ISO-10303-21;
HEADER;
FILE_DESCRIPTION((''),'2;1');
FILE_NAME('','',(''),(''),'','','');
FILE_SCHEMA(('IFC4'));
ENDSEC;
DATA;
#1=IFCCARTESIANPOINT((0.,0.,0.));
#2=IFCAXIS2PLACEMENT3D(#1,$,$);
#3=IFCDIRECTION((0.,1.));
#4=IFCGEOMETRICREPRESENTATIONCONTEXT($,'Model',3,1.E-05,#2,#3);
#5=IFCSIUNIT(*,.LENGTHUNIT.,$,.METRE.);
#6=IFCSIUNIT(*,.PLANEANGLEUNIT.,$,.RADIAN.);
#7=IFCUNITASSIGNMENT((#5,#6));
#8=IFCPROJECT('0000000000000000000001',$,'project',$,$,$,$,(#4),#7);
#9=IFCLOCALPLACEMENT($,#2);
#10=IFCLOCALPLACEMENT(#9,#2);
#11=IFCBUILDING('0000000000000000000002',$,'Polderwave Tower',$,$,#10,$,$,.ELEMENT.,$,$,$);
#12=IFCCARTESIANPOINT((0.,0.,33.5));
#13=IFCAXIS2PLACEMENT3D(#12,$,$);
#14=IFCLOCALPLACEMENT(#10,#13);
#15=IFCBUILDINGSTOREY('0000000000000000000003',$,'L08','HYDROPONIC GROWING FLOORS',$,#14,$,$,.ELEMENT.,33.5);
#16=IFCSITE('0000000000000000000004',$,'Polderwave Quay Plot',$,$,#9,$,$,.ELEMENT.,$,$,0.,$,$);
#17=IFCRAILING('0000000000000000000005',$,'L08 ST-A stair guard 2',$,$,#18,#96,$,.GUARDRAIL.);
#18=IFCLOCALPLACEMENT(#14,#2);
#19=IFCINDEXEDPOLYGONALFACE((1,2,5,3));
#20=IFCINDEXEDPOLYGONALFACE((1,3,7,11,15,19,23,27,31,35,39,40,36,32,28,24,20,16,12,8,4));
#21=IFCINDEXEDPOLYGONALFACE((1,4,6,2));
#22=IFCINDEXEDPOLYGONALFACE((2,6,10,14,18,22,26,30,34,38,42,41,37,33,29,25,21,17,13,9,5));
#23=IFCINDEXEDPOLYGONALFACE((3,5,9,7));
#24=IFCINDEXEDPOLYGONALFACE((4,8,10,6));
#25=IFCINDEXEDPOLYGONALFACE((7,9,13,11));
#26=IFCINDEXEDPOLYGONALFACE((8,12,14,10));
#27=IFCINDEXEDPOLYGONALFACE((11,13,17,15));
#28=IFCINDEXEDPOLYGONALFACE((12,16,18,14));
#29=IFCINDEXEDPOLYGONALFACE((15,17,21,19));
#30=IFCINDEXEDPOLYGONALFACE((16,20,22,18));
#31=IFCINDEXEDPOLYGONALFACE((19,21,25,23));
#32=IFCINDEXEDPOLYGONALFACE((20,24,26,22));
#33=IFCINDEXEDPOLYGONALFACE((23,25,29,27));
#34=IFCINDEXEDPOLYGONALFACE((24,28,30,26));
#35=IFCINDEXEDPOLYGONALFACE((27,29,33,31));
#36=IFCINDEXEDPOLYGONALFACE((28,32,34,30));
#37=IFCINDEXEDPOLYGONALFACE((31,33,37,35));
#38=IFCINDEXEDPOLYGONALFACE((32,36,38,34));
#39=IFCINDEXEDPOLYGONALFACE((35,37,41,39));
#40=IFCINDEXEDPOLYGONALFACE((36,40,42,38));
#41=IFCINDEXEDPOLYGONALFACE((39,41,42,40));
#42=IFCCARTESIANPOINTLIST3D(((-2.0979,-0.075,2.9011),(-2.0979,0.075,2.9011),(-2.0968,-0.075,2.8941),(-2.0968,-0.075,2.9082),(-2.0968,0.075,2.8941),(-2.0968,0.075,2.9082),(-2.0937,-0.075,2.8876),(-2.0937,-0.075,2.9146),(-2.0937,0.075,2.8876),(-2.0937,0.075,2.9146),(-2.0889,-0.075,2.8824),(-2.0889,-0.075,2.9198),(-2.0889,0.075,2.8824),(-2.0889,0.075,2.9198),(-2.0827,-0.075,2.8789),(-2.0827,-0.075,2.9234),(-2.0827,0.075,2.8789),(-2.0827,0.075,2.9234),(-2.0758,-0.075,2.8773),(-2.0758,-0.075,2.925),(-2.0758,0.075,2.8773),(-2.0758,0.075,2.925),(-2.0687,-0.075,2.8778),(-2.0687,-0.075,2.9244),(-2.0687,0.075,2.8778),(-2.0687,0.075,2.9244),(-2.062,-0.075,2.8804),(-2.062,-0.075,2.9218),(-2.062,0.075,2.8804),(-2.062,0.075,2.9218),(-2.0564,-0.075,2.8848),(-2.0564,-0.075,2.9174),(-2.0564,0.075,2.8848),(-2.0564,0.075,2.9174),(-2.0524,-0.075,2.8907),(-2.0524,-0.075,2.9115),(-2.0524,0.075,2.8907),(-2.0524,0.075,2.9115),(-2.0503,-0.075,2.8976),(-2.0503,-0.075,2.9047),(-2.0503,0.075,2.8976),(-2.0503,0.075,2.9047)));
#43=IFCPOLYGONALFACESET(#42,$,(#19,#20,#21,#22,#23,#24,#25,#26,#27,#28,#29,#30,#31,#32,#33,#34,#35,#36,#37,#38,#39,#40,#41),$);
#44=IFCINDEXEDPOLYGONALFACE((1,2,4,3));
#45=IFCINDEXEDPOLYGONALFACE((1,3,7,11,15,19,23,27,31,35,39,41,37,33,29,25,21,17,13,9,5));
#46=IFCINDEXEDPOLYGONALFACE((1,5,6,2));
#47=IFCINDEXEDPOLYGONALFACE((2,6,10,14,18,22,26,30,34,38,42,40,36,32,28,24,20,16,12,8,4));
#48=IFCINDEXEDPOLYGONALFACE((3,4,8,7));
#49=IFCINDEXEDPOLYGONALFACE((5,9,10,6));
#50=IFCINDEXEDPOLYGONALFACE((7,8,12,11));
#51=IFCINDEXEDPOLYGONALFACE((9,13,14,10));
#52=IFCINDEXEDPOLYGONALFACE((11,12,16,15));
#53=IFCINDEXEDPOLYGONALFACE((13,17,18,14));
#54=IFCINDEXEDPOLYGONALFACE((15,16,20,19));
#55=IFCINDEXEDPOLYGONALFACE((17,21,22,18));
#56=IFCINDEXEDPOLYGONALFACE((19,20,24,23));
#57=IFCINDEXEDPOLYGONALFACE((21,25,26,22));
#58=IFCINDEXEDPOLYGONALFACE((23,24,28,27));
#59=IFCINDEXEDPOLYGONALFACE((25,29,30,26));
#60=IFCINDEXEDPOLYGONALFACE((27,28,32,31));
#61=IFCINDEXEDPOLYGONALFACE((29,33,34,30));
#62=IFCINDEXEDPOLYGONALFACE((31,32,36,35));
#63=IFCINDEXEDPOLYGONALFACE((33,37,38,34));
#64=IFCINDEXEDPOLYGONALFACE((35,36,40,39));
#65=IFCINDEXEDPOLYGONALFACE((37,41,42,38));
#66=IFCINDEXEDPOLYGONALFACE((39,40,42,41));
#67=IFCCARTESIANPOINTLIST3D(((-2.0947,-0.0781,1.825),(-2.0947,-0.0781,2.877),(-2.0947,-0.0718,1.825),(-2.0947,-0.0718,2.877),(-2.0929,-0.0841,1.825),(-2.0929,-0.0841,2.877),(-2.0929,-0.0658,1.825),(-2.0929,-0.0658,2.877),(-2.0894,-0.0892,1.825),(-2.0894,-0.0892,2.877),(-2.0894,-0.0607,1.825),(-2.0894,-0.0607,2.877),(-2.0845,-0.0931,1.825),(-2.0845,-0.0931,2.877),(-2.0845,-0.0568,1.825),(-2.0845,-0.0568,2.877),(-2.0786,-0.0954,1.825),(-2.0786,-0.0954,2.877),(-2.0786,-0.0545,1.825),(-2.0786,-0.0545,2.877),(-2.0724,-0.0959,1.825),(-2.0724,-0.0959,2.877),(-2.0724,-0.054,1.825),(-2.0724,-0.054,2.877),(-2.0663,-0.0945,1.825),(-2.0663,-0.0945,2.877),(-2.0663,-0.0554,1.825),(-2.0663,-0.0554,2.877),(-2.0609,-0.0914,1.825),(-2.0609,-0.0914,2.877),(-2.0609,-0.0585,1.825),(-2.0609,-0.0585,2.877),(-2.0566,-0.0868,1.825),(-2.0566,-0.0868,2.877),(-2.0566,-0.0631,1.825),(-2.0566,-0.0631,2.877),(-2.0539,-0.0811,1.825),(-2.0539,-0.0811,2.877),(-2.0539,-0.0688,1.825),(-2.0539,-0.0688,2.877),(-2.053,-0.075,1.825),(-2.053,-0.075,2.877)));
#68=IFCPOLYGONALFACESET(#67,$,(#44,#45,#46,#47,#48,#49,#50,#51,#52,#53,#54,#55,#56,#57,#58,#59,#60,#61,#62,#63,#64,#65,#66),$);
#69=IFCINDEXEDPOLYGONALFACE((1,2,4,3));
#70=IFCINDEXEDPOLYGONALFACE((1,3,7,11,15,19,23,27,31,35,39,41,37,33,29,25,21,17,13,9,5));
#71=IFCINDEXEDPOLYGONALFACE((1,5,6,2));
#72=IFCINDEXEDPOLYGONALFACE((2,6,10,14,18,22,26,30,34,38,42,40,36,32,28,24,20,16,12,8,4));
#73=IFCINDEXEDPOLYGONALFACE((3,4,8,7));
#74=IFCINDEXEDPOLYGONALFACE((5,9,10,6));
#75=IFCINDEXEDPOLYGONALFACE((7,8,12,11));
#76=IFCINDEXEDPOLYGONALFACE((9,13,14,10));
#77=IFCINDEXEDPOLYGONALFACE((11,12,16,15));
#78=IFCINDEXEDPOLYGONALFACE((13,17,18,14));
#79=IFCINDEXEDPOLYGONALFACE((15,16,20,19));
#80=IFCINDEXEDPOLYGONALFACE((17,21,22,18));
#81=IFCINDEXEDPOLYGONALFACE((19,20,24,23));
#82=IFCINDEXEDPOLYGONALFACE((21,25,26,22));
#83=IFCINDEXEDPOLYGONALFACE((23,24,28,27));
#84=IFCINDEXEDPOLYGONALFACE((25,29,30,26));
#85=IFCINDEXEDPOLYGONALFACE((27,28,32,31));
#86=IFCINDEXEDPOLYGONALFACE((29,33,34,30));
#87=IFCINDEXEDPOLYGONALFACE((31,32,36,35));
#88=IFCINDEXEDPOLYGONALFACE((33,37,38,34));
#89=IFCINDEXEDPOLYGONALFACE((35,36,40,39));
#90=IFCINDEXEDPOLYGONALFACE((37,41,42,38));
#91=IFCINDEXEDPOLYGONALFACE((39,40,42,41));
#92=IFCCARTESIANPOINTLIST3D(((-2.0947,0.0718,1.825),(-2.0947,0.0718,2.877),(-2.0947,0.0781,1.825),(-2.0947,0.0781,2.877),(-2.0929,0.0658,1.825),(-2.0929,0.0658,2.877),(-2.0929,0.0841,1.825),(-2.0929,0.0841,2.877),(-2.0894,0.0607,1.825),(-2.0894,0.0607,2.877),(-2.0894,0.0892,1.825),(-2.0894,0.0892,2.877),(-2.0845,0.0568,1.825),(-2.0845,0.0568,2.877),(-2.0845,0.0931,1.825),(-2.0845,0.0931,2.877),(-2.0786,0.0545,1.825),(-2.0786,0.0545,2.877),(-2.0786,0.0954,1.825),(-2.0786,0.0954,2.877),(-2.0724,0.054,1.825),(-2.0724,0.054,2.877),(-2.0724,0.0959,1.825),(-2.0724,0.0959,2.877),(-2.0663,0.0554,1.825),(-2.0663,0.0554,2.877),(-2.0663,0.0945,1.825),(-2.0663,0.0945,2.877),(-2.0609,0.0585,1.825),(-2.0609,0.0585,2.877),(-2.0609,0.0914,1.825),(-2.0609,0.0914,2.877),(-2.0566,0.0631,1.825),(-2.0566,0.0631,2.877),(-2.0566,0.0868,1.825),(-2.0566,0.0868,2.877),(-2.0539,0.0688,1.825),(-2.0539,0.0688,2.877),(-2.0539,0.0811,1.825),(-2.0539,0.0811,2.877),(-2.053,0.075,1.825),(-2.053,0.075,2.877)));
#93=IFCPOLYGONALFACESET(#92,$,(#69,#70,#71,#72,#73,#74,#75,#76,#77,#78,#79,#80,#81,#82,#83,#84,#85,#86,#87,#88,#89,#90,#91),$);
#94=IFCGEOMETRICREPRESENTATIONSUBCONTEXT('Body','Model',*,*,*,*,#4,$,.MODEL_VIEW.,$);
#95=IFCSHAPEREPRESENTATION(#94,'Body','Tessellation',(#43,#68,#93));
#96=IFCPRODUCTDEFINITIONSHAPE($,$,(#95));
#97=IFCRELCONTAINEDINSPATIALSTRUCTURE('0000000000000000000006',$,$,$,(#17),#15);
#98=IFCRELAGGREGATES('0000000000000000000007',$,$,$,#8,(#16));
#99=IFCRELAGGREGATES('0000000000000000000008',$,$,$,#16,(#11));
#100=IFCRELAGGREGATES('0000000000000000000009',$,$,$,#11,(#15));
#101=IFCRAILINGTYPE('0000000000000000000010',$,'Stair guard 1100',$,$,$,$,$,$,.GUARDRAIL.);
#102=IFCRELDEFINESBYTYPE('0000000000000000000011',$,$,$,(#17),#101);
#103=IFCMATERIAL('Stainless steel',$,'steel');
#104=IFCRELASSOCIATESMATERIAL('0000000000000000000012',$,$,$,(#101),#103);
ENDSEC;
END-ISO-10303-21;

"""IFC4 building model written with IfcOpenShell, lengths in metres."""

from ifc_helpers import new_model, si_unit, direction, frame, origin, origin_2d, place, context, subcontext, project, spatial, circle, extrude, material, type_object, element, save


model = new_model("IFC4")

# Units and contexts
model_context = context("Model", 3, precision=1e-05, world=origin(), true_north=direction((0.0, 1.0)))
body_context = subcontext(model_context, "Body", "Model", "MODEL_VIEW")
ifc_project = project(units=[si_unit("LENGTHUNIT", "METRE"), si_unit("PLANEANGLEUNIT", "RADIAN")], contexts=[model_context])

# Site, building, storey
site_placement = place(None, origin())
site = spatial("IfcSite", under=ifc_project, at=site_placement, Name="Polderwave Quay Plot", CompositionType="ELEMENT", RefElevation=0.0)
building_placement = place(site_placement, origin())
building = spatial("IfcBuilding", under=site, at=building_placement, Name="Polderwave Tower", CompositionType="ELEMENT")
storey_placement = place(building_placement, frame((0.0, 0.0, 33.5)))
storey = spatial("IfcBuildingStorey", under=building, at=storey_placement, Name="L08", Description="HYDROPONIC GROWING FLOORS", CompositionType="ELEMENT", Elevation=33.5)

# Railing
ifc_material_1 = material(Name="Stainless steel", Category="steel")
railing_type_1 = type_object("IfcRailingType", Name="Stair guard 1100", PredefinedType="GUARDRAIL", material=ifc_material_1)
railing_1_placement = place(storey_placement, frame((-2.074, -0.075, 1.825)))
element("IfcRailing", 1, at=railing_1_placement, inside=storey, type_object=railing_type_1, Name="L08 ST-A stair guard 2", PredefinedType="GUARDRAIL", context=body_context, shape_type="SweptSolid", body=[
    extrude(circle(Radius=0.0239, at=origin_2d()), frame((0.0, 0.0, 1.0762), z_axis=(0.0, 1.0, 0.0), x_axis=(-1.0, 0.0, 0.0)), (0.0, 0.0, 1.0), 0.1499),
    extrude(circle(Radius=0.021, at=origin_2d()), origin(), (0.0, 0.0, 1.0), 1.052),
    extrude(circle(Radius=0.021, at=origin_2d()), frame((0.0, 0.1499, 0.0)), (0.0, 0.0, 1.0), 1.052),
])

save(model, "model.ifc")
